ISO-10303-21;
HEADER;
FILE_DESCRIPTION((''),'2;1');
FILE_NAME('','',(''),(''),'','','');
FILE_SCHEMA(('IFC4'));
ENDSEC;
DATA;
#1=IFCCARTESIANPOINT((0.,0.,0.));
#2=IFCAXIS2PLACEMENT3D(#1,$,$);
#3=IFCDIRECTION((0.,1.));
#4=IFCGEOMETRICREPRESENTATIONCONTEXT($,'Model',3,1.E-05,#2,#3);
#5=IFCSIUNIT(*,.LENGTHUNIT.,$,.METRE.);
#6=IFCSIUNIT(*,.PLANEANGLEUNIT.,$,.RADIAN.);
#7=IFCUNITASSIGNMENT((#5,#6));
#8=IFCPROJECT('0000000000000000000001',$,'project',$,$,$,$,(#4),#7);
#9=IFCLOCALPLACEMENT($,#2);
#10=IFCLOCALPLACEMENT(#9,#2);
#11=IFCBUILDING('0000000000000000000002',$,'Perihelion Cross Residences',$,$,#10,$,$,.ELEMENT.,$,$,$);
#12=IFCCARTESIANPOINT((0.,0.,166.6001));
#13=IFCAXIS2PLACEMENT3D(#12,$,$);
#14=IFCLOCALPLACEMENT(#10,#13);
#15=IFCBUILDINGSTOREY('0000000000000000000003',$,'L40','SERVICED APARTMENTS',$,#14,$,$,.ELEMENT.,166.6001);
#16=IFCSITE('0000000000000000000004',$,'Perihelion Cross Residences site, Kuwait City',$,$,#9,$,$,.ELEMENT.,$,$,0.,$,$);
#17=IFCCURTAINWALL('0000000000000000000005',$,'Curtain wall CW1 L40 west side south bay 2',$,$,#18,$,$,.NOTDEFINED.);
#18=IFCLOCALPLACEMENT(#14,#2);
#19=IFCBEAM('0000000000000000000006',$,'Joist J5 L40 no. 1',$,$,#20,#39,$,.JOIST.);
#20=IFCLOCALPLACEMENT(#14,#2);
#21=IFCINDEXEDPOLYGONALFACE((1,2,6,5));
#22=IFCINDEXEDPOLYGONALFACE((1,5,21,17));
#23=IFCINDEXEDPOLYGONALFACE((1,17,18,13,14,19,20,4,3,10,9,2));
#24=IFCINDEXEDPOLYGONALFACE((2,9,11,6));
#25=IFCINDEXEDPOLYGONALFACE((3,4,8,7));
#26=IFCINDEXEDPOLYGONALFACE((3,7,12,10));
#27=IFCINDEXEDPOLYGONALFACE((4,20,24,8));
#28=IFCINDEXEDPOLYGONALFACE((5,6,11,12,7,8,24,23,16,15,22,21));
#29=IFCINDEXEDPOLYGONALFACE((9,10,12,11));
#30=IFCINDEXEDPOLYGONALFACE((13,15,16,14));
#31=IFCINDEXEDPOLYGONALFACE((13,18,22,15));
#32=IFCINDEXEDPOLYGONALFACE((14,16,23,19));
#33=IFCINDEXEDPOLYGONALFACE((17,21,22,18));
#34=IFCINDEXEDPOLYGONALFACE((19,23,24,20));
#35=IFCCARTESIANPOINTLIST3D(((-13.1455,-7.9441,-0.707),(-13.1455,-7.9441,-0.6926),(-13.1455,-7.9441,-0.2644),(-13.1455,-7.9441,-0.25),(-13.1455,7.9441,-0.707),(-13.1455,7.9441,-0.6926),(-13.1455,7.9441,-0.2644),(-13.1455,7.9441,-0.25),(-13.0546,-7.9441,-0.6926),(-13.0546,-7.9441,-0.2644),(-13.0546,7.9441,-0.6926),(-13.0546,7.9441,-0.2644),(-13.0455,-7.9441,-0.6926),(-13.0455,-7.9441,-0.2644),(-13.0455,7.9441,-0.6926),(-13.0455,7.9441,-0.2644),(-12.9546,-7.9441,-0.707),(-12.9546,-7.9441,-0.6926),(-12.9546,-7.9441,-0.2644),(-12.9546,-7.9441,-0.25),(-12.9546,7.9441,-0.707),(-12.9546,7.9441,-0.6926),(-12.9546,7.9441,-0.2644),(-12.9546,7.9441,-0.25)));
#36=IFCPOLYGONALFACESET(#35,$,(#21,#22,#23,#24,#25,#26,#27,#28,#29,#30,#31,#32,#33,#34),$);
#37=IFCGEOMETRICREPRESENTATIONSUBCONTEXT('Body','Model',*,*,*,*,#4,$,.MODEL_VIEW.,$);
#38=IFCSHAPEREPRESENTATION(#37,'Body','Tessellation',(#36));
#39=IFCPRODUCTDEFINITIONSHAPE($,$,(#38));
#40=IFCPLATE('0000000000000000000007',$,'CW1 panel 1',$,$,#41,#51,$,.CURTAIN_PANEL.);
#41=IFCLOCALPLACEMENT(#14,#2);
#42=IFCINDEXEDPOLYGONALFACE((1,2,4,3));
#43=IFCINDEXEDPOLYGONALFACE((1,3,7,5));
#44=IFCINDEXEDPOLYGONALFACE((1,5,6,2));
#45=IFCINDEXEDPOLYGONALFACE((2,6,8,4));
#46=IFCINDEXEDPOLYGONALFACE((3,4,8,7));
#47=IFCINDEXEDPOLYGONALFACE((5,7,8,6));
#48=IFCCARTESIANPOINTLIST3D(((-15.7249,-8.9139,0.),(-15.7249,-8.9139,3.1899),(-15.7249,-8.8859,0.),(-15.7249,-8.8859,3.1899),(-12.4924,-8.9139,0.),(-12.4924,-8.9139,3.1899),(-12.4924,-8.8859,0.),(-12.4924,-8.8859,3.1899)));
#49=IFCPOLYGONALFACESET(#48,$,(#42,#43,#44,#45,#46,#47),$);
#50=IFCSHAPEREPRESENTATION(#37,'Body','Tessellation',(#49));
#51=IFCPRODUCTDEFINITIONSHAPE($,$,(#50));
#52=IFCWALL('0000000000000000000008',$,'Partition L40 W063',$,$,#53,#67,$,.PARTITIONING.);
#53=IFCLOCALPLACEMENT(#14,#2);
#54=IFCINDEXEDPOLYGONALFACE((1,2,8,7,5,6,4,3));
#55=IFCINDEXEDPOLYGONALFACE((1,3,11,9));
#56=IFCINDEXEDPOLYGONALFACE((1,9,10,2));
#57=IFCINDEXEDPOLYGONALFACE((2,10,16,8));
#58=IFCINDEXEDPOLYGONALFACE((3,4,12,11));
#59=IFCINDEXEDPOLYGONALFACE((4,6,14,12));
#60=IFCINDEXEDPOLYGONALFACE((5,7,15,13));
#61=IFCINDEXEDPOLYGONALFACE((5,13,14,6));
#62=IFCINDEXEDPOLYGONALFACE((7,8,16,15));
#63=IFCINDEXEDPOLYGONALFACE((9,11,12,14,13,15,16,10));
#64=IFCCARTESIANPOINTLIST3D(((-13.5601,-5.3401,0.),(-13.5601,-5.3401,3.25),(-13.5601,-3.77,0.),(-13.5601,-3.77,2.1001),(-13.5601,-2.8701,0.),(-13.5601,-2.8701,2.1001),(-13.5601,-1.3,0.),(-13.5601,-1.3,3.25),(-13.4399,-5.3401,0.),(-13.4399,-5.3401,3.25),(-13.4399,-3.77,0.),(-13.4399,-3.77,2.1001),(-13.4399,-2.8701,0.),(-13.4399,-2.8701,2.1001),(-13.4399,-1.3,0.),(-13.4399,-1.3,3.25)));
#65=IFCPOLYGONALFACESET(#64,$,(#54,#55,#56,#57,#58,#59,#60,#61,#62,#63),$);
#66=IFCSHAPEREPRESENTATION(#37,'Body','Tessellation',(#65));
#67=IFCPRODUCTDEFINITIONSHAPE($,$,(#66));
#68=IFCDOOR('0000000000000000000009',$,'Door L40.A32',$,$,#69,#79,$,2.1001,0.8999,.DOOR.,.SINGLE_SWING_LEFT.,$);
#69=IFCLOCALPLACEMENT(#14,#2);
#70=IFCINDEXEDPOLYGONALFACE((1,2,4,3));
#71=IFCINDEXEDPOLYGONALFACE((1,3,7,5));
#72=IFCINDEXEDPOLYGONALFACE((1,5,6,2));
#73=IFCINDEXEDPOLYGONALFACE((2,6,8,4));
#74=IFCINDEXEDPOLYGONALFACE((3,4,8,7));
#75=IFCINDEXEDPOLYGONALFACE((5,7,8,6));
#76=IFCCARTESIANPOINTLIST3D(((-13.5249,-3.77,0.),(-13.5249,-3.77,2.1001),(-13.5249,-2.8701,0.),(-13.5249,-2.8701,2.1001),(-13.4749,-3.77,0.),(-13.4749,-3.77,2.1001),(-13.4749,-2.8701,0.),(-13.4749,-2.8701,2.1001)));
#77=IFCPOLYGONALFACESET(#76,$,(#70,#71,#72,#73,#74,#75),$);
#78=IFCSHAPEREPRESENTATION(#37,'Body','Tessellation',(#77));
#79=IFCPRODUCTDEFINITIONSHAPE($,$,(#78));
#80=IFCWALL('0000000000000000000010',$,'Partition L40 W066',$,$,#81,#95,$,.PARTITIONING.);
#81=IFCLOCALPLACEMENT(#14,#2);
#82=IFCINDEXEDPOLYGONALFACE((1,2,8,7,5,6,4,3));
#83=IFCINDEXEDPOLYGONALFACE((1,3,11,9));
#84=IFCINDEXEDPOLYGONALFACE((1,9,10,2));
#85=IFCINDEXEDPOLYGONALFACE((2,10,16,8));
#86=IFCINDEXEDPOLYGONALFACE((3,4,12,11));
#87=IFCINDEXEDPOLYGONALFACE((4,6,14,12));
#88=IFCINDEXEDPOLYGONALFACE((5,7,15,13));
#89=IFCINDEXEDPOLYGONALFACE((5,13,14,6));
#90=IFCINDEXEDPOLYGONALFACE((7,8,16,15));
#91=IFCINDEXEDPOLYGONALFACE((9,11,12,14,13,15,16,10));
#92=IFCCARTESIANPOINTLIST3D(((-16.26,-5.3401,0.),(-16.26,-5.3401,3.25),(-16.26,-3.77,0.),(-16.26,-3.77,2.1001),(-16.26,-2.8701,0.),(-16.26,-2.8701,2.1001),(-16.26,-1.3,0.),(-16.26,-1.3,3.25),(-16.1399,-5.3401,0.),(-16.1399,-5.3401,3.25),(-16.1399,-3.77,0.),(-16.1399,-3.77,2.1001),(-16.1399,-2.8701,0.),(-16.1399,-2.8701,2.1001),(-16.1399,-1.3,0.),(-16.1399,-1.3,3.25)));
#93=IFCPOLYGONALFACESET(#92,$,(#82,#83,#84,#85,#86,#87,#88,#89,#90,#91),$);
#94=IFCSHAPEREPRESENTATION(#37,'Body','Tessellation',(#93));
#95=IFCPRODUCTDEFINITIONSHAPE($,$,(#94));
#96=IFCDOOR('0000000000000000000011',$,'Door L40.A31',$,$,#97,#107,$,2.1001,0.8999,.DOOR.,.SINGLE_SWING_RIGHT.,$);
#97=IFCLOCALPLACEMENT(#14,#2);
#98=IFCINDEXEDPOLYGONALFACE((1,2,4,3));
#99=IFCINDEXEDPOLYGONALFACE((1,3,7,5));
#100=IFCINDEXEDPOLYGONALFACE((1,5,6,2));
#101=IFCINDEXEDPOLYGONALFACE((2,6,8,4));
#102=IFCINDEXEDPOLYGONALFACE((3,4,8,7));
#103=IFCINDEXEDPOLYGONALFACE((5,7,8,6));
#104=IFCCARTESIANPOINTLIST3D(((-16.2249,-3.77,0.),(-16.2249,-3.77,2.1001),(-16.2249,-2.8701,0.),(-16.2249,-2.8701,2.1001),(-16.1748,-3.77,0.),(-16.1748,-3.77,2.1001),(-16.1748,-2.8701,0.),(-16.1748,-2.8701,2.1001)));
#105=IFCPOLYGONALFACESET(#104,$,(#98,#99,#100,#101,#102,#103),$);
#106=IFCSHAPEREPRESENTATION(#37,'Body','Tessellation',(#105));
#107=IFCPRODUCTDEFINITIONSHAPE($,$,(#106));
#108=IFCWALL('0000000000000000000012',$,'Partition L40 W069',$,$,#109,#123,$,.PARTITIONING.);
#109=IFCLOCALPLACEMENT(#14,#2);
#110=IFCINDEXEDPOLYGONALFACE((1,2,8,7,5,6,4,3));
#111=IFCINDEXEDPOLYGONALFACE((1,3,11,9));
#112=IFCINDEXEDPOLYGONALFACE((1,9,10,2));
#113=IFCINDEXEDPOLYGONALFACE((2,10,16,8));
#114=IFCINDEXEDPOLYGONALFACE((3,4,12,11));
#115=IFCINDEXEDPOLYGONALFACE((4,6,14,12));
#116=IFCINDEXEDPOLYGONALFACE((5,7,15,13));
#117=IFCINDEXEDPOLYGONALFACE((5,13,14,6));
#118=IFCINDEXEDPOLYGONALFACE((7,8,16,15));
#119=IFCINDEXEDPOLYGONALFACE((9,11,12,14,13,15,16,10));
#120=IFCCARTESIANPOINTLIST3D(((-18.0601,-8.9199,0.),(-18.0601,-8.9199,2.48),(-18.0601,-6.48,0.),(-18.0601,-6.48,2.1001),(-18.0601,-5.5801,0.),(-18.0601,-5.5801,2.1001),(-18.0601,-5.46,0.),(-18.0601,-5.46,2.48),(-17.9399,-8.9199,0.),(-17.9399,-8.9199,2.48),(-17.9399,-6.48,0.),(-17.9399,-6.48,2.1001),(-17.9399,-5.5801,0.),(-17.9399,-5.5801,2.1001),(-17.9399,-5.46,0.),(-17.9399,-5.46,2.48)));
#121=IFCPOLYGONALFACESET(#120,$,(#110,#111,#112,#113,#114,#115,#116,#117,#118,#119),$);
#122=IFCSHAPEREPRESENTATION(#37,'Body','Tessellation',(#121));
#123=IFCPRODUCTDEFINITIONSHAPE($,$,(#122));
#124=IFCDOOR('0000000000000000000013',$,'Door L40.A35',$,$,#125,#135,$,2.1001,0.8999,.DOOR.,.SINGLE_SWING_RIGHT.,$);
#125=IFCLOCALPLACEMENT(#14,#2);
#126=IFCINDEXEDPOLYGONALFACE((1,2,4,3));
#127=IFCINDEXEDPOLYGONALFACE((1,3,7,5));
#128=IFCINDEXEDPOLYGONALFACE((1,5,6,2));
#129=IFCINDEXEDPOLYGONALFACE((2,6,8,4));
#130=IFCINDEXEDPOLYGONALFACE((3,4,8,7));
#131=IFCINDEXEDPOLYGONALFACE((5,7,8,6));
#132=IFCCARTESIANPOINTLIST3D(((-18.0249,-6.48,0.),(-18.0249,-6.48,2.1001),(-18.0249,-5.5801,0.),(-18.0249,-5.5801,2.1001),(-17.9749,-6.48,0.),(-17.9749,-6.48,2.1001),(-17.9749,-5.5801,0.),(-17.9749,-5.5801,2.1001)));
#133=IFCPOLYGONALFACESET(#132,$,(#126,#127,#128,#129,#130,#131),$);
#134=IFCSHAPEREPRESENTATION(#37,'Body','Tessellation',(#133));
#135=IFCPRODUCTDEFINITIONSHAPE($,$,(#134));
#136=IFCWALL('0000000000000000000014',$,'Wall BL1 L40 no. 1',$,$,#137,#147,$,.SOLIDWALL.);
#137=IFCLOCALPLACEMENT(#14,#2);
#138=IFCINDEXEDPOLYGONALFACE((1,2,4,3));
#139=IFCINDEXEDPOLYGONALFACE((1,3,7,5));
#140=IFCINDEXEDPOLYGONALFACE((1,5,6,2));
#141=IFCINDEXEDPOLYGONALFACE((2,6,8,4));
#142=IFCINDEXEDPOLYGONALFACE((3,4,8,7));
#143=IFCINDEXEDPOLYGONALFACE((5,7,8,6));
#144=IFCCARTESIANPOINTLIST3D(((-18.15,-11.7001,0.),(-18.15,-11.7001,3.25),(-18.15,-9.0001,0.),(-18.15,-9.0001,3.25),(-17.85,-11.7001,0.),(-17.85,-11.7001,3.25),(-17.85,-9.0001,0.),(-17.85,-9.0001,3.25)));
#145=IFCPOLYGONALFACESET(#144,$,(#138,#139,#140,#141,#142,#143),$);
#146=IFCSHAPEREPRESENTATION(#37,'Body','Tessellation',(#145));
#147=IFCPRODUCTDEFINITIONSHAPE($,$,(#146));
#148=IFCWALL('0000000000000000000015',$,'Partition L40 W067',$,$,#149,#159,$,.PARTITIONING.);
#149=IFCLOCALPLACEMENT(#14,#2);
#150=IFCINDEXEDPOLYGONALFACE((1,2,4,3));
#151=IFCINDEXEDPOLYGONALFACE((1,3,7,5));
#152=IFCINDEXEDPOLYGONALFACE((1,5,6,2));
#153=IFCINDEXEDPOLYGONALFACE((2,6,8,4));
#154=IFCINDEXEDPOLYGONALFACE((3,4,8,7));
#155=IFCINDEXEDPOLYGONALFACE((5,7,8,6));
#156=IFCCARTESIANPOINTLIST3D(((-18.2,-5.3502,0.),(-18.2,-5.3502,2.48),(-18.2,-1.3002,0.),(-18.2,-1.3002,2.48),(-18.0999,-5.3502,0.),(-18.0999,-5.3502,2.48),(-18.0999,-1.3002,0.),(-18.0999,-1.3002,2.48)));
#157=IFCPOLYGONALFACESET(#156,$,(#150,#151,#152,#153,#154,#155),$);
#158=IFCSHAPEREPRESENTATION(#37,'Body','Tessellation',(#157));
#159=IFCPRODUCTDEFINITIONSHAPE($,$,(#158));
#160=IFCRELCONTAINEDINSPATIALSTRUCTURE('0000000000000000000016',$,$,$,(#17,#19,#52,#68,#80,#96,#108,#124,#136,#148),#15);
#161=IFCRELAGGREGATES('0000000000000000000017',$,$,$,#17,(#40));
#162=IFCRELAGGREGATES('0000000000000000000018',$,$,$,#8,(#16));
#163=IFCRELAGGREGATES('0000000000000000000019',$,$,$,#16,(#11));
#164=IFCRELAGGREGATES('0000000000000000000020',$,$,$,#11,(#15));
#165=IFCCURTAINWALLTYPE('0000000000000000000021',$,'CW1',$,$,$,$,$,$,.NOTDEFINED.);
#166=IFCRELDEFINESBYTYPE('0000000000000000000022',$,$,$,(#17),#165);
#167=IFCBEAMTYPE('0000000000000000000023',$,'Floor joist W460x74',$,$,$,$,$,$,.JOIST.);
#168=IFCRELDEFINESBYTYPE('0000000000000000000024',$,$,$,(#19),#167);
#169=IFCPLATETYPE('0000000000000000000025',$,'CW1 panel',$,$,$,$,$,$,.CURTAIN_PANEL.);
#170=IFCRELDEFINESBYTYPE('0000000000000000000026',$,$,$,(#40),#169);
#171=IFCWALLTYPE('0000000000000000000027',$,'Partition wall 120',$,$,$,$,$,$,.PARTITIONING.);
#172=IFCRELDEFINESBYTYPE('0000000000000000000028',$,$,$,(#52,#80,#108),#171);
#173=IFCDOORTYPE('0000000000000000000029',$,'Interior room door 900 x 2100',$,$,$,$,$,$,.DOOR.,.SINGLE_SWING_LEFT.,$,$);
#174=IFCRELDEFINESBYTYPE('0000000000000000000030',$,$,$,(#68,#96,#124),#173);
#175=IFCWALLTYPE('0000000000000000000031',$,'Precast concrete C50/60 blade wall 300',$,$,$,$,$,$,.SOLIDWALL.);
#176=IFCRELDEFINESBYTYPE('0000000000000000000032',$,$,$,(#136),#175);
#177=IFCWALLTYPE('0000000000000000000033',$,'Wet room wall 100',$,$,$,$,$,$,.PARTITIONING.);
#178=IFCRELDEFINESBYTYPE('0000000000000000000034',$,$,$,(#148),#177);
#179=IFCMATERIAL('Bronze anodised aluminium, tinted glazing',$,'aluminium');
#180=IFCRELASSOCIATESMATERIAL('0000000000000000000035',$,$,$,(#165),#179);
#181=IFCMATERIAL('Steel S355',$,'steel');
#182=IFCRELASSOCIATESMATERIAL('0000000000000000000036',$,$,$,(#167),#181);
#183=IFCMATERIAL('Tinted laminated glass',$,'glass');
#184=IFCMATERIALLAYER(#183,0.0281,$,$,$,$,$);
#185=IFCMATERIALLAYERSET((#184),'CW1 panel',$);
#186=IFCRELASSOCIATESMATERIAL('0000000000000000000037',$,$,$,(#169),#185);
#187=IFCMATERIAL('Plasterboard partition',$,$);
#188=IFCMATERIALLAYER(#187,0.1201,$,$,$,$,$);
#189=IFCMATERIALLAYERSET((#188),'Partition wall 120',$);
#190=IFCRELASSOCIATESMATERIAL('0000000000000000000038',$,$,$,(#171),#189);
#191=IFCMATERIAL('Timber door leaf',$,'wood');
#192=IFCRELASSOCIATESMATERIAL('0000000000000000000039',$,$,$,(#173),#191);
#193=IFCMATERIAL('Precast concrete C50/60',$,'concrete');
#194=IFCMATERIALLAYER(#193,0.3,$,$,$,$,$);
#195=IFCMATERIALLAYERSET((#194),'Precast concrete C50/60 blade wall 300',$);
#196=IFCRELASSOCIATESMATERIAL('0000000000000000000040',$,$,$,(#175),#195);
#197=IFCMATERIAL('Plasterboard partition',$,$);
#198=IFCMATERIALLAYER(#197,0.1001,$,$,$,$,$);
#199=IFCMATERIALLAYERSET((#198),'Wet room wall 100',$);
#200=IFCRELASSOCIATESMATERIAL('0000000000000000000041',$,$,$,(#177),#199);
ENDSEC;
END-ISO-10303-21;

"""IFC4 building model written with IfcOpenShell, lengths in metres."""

from ifc_helpers import new_model, si_unit, direction, frame, frame_2d, origin, origin_2d, place, context, subcontext, project, spatial, rectangle, i_section, extrude, material, layer, layer_set, material_profile, profile_set, type_object, element, fill, aggregate, save


model = new_model("IFC4")

# Units and contexts
model_context = context("Model", 3, precision=1e-05, world=origin(), true_north=direction((0.0, 1.0)))
body_context = subcontext(model_context, "Body", "Model", "MODEL_VIEW")
ifc_project = project(units=[si_unit("LENGTHUNIT", "METRE"), si_unit("PLANEANGLEUNIT", "RADIAN")], contexts=[model_context])

# Site, building, storey
site_placement = place(None, origin())
site = spatial("IfcSite", under=ifc_project, at=site_placement, Name="Perihelion Cross Residences site, Kuwait City", CompositionType="ELEMENT", RefElevation=0.0)
building_placement = place(site_placement, origin())
building = spatial("IfcBuilding", under=site, at=building_placement, Name="Perihelion Cross Residences", CompositionType="ELEMENT")
storey_placement = place(building_placement, frame((0.0, 0.0, 166.6001)))
storey = spatial("IfcBuildingStorey", under=building, at=storey_placement, Name="L40", Description="SERVICED APARTMENTS", CompositionType="ELEMENT", Elevation=166.6001)

# Curtain wall
ifc_material_1 = material(Name="Bronze anodised aluminium, tinted glazing", Category="aluminium")
curtain_wall_type = type_object("IfcCurtainWallType", Name="CW1", PredefinedType="NOTDEFINED", material=ifc_material_1)
curtain_wall_placement = place(storey_placement, origin())
curtain_wall = element("IfcCurtainWall", 1, at=curtain_wall_placement, inside=storey, type_object=curtain_wall_type, Name="Curtain wall CW1 L40 west side south bay 2", PredefinedType="NOTDEFINED")

# Beam
ifc_material_2 = material(Name="Steel S355", Category="steel")
ifc_material_profile_1 = material_profile(ifc_material_2, i_section(OverallWidth=0.1909, OverallDepth=0.457, WebThickness=0.009, FlangeThickness=0.0144, at=origin_2d()), Name="W460x74")
ifc_profile_set_1 = profile_set([ifc_material_profile_1], Name="Steel S355")
beam_type_1 = type_object("IfcBeamType", Name="Floor joist W460x74", PredefinedType="JOIST", material=ifc_profile_set_1)
beam_1_placement = place(storey_placement, frame((-13.05, -7.9441, -0.4785), z_axis=(0.0, 1.0, 0.0), x_axis=(-1.0, 0.0, 0.0)))
element("IfcBeam", 2, at=beam_1_placement, inside=storey, type_object=beam_type_1, Name="Joist J5 L40 no. 1", PredefinedType="JOIST", context=body_context, shape_type="SweptSolid", body=[
    extrude(i_section(OverallWidth=0.1909, OverallDepth=0.457, WebThickness=0.009, FlangeThickness=0.0144, at=origin_2d()), origin(), (0.0, 0.0, 1.0), 15.8882),
])

# Plate
ifc_material_3 = material(Name="Tinted laminated glass", Category="glass")
ifc_layer_1 = layer(ifc_material_3, 0.0281)
ifc_layer_set_1 = layer_set([ifc_layer_1], Name="CW1 panel")
plate_type = type_object("IfcPlateType", Name="CW1 panel", PredefinedType="CURTAIN_PANEL", material=ifc_layer_set_1)
plate_placement = place(storey_placement, frame((-14.1086, -8.8999, 0.0), z_axis=(0.0, 0.0, 1.0), x_axis=(1.0, 0.0, 0.0)))
plate = element("IfcPlate", 3, at=plate_placement, type_object=plate_type, Name="CW1 panel 1", PredefinedType="CURTAIN_PANEL", context=body_context, shape_type="SweptSolid", body=[
    extrude(rectangle(XDim=3.2324, YDim=0.0281, at=origin_2d()), origin(), (0.0, 0.0, 1.0), 3.1899),
])
aggregate(curtain_wall, [plate])

# Walls, openings, doors
ifc_material_4 = material(Name="Plasterboard partition")
ifc_layer_2 = layer(ifc_material_4, 0.1201)
ifc_layer_set_2 = layer_set([ifc_layer_2], Name="Partition wall 120")
wall_type_1 = type_object("IfcWallType", Name="Partition wall 120", PredefinedType="PARTITIONING", material=ifc_layer_set_2)
wall_1_placement = place(storey_placement, frame((-13.5, -5.3401, 0.0), z_axis=(0.0, 0.0, 1.0), x_axis=(0.0, 1.0, 0.0)))
wall_1 = element("IfcWall", 4, at=wall_1_placement, inside=storey, type_object=wall_type_1, Name="Partition L40 W063", PredefinedType="PARTITIONING", context=body_context, shape_type="SweptSolid", body=[
    extrude(rectangle(XDim=4.04, YDim=0.1201, at=frame_2d((2.02, 0.0))), origin(), (0.0, 0.0, 1.0), 3.25),
])
opening_1_placement = place(wall_1_placement, frame((1.5701, 0.0, 0.0)))
opening_1 = element("IfcOpeningElement", 5, at=opening_1_placement, cuts=wall_1, PredefinedType="OPENING", context=body_context, shape_type="SweptSolid", body=[
    extrude(rectangle(XDim=0.8999, YDim=2.1001, at=frame_2d((0.45, 1.05))), frame((0.0, 0.0701, 0.0), z_axis=(0.0, -1.0, 0.0), x_axis=(1.0, 0.0, 0.0)), (0.0, 0.0, 1.0), 0.1401),
])
ifc_material_5 = material(Name="Timber door leaf", Category="wood")
door_type_1 = type_object("IfcDoorType", Name="Interior room door 900 x 2100", OperationType="SINGLE_SWING_LEFT", PredefinedType="DOOR", material=ifc_material_5)
door_1_placement = place(opening_1_placement, origin())
door_1 = element("IfcDoor", 6, at=door_1_placement, inside=storey, type_object=door_type_1, Name="Door L40.A32", OperationType="SINGLE_SWING_LEFT", OverallHeight=2.1001, OverallWidth=0.8999, PredefinedType="DOOR", context=body_context, shape_type="SweptSolid", body=[
    extrude(rectangle(XDim=0.8999, YDim=2.1001, at=frame_2d((0.45, 1.05))), frame((0.0, 0.0249, 0.0), z_axis=(0.0, -1.0, 0.0), x_axis=(1.0, 0.0, 0.0)), (0.0, 0.0, 1.0), 0.05),
])
fill(opening_1, door_1)
wall_2_placement = place(storey_placement, frame((-16.2, -5.3401, 0.0), z_axis=(0.0, 0.0, 1.0), x_axis=(0.0, 1.0, 0.0)))
wall_2 = element("IfcWall", 7, at=wall_2_placement, inside=storey, type_object=wall_type_1, Name="Partition L40 W066", PredefinedType="PARTITIONING", context=body_context, shape_type="SweptSolid", body=[
    extrude(rectangle(XDim=4.04, YDim=0.1201, at=frame_2d((2.02, 0.0))), origin(), (0.0, 0.0, 1.0), 3.25),
])
opening_2_placement = place(wall_2_placement, frame((1.5701, 0.0, 0.0)))
opening_2 = element("IfcOpeningElement", 8, at=opening_2_placement, cuts=wall_2, PredefinedType="OPENING", context=body_context, shape_type="SweptSolid", body=[
    extrude(rectangle(XDim=0.8999, YDim=2.1001, at=frame_2d((0.45, 1.05))), frame((0.0, 0.0701, 0.0), z_axis=(0.0, -1.0, 0.0), x_axis=(1.0, 0.0, 0.0)), (0.0, 0.0, 1.0), 0.1401),
])
door_2_placement = place(opening_2_placement, origin())
door_2 = element("IfcDoor", 9, at=door_2_placement, inside=storey, type_object=door_type_1, Name="Door L40.A31", OperationType="SINGLE_SWING_RIGHT", OverallHeight=2.1001, OverallWidth=0.8999, PredefinedType="DOOR", context=body_context, shape_type="SweptSolid", body=[
    extrude(rectangle(XDim=0.8999, YDim=2.1001, at=frame_2d((0.45, 1.05))), frame((0.0, 0.0249, 0.0), z_axis=(0.0, -1.0, 0.0), x_axis=(1.0, 0.0, 0.0)), (0.0, 0.0, 1.0), 0.05),
])
fill(opening_2, door_2)
wall_3_placement = place(storey_placement, frame((-18.0, -8.9199, 0.0), z_axis=(0.0, 0.0, 1.0), x_axis=(0.0, 1.0, 0.0)))
wall_3 = element("IfcWall", 10, at=wall_3_placement, inside=storey, type_object=wall_type_1, Name="Partition L40 W069", PredefinedType="PARTITIONING", context=body_context, shape_type="SweptSolid", body=[
    extrude(rectangle(XDim=3.46, YDim=0.1201, at=frame_2d((1.73, 0.0))), origin(), (0.0, 0.0, 1.0), 2.48),
])
opening_3_placement = place(wall_3_placement, frame((2.4399, 0.0, 0.0)))
opening_3 = element("IfcOpeningElement", 11, at=opening_3_placement, cuts=wall_3, PredefinedType="OPENING", context=body_context, shape_type="SweptSolid", body=[
    extrude(rectangle(XDim=0.8999, YDim=2.1001, at=frame_2d((0.45, 1.05))), frame((0.0, 0.0701, 0.0), z_axis=(0.0, -1.0, 0.0), x_axis=(1.0, 0.0, 0.0)), (0.0, 0.0, 1.0), 0.1401),
])
door_3_placement = place(opening_3_placement, origin())
door_3 = element("IfcDoor", 12, at=door_3_placement, inside=storey, type_object=door_type_1, Name="Door L40.A35", OperationType="SINGLE_SWING_RIGHT", OverallHeight=2.1001, OverallWidth=0.8999, PredefinedType="DOOR", context=body_context, shape_type="SweptSolid", body=[
    extrude(rectangle(XDim=0.8999, YDim=2.1001, at=frame_2d((0.45, 1.05))), frame((0.0, 0.0249, 0.0), z_axis=(0.0, -1.0, 0.0), x_axis=(1.0, 0.0, 0.0)), (0.0, 0.0, 1.0), 0.05),
])
fill(opening_3, door_3)

# Walls
ifc_material_6 = material(Name="Precast concrete C50/60", Category="concrete")
ifc_layer_3 = layer(ifc_material_6, 0.3)
ifc_layer_set_3 = layer_set([ifc_layer_3], Name="Precast concrete C50/60 blade wall 300")
wall_type_2 = type_object("IfcWallType", Name="Precast concrete C50/60 blade wall 300", PredefinedType="SOLIDWALL", material=ifc_layer_set_3)
wall_4_placement = place(storey_placement, frame((-18.0, -9.0, 0.0), z_axis=(0.0, 0.0, 1.0), x_axis=(0.0, -1.0, 0.0)))
element("IfcWall", 13, at=wall_4_placement, inside=storey, type_object=wall_type_2, Name="Wall BL1 L40 no. 1", PredefinedType="SOLIDWALL", context=body_context, shape_type="SweptSolid", body=[
    extrude(rectangle(XDim=2.7, YDim=0.3, at=frame_2d((1.3501, 0.0))), origin(), (0.0, 0.0, 1.0), 3.25),
])
ifc_material_7 = material(Name="Plasterboard partition")
ifc_layer_4 = layer(ifc_material_7, 0.1001)
ifc_layer_set_4 = layer_set([ifc_layer_4], Name="Wet room wall 100")
wall_type_3 = type_object("IfcWallType", Name="Wet room wall 100", PredefinedType="PARTITIONING", material=ifc_layer_set_4)
wall_5_placement = place(storey_placement, frame((-18.1499, -5.3501, 0.0), z_axis=(0.0, 0.0, 1.0), x_axis=(0.0, 1.0, 0.0)))
element("IfcWall", 14, at=wall_5_placement, inside=storey, type_object=wall_type_3, Name="Partition L40 W067", PredefinedType="PARTITIONING", context=body_context, shape_type="SweptSolid", body=[
    extrude(rectangle(XDim=4.05, YDim=0.1001, at=frame_2d((2.0249, 0.0))), origin(), (0.0, 0.0, 1.0), 2.48),
])

save(model, "model.ifc")
